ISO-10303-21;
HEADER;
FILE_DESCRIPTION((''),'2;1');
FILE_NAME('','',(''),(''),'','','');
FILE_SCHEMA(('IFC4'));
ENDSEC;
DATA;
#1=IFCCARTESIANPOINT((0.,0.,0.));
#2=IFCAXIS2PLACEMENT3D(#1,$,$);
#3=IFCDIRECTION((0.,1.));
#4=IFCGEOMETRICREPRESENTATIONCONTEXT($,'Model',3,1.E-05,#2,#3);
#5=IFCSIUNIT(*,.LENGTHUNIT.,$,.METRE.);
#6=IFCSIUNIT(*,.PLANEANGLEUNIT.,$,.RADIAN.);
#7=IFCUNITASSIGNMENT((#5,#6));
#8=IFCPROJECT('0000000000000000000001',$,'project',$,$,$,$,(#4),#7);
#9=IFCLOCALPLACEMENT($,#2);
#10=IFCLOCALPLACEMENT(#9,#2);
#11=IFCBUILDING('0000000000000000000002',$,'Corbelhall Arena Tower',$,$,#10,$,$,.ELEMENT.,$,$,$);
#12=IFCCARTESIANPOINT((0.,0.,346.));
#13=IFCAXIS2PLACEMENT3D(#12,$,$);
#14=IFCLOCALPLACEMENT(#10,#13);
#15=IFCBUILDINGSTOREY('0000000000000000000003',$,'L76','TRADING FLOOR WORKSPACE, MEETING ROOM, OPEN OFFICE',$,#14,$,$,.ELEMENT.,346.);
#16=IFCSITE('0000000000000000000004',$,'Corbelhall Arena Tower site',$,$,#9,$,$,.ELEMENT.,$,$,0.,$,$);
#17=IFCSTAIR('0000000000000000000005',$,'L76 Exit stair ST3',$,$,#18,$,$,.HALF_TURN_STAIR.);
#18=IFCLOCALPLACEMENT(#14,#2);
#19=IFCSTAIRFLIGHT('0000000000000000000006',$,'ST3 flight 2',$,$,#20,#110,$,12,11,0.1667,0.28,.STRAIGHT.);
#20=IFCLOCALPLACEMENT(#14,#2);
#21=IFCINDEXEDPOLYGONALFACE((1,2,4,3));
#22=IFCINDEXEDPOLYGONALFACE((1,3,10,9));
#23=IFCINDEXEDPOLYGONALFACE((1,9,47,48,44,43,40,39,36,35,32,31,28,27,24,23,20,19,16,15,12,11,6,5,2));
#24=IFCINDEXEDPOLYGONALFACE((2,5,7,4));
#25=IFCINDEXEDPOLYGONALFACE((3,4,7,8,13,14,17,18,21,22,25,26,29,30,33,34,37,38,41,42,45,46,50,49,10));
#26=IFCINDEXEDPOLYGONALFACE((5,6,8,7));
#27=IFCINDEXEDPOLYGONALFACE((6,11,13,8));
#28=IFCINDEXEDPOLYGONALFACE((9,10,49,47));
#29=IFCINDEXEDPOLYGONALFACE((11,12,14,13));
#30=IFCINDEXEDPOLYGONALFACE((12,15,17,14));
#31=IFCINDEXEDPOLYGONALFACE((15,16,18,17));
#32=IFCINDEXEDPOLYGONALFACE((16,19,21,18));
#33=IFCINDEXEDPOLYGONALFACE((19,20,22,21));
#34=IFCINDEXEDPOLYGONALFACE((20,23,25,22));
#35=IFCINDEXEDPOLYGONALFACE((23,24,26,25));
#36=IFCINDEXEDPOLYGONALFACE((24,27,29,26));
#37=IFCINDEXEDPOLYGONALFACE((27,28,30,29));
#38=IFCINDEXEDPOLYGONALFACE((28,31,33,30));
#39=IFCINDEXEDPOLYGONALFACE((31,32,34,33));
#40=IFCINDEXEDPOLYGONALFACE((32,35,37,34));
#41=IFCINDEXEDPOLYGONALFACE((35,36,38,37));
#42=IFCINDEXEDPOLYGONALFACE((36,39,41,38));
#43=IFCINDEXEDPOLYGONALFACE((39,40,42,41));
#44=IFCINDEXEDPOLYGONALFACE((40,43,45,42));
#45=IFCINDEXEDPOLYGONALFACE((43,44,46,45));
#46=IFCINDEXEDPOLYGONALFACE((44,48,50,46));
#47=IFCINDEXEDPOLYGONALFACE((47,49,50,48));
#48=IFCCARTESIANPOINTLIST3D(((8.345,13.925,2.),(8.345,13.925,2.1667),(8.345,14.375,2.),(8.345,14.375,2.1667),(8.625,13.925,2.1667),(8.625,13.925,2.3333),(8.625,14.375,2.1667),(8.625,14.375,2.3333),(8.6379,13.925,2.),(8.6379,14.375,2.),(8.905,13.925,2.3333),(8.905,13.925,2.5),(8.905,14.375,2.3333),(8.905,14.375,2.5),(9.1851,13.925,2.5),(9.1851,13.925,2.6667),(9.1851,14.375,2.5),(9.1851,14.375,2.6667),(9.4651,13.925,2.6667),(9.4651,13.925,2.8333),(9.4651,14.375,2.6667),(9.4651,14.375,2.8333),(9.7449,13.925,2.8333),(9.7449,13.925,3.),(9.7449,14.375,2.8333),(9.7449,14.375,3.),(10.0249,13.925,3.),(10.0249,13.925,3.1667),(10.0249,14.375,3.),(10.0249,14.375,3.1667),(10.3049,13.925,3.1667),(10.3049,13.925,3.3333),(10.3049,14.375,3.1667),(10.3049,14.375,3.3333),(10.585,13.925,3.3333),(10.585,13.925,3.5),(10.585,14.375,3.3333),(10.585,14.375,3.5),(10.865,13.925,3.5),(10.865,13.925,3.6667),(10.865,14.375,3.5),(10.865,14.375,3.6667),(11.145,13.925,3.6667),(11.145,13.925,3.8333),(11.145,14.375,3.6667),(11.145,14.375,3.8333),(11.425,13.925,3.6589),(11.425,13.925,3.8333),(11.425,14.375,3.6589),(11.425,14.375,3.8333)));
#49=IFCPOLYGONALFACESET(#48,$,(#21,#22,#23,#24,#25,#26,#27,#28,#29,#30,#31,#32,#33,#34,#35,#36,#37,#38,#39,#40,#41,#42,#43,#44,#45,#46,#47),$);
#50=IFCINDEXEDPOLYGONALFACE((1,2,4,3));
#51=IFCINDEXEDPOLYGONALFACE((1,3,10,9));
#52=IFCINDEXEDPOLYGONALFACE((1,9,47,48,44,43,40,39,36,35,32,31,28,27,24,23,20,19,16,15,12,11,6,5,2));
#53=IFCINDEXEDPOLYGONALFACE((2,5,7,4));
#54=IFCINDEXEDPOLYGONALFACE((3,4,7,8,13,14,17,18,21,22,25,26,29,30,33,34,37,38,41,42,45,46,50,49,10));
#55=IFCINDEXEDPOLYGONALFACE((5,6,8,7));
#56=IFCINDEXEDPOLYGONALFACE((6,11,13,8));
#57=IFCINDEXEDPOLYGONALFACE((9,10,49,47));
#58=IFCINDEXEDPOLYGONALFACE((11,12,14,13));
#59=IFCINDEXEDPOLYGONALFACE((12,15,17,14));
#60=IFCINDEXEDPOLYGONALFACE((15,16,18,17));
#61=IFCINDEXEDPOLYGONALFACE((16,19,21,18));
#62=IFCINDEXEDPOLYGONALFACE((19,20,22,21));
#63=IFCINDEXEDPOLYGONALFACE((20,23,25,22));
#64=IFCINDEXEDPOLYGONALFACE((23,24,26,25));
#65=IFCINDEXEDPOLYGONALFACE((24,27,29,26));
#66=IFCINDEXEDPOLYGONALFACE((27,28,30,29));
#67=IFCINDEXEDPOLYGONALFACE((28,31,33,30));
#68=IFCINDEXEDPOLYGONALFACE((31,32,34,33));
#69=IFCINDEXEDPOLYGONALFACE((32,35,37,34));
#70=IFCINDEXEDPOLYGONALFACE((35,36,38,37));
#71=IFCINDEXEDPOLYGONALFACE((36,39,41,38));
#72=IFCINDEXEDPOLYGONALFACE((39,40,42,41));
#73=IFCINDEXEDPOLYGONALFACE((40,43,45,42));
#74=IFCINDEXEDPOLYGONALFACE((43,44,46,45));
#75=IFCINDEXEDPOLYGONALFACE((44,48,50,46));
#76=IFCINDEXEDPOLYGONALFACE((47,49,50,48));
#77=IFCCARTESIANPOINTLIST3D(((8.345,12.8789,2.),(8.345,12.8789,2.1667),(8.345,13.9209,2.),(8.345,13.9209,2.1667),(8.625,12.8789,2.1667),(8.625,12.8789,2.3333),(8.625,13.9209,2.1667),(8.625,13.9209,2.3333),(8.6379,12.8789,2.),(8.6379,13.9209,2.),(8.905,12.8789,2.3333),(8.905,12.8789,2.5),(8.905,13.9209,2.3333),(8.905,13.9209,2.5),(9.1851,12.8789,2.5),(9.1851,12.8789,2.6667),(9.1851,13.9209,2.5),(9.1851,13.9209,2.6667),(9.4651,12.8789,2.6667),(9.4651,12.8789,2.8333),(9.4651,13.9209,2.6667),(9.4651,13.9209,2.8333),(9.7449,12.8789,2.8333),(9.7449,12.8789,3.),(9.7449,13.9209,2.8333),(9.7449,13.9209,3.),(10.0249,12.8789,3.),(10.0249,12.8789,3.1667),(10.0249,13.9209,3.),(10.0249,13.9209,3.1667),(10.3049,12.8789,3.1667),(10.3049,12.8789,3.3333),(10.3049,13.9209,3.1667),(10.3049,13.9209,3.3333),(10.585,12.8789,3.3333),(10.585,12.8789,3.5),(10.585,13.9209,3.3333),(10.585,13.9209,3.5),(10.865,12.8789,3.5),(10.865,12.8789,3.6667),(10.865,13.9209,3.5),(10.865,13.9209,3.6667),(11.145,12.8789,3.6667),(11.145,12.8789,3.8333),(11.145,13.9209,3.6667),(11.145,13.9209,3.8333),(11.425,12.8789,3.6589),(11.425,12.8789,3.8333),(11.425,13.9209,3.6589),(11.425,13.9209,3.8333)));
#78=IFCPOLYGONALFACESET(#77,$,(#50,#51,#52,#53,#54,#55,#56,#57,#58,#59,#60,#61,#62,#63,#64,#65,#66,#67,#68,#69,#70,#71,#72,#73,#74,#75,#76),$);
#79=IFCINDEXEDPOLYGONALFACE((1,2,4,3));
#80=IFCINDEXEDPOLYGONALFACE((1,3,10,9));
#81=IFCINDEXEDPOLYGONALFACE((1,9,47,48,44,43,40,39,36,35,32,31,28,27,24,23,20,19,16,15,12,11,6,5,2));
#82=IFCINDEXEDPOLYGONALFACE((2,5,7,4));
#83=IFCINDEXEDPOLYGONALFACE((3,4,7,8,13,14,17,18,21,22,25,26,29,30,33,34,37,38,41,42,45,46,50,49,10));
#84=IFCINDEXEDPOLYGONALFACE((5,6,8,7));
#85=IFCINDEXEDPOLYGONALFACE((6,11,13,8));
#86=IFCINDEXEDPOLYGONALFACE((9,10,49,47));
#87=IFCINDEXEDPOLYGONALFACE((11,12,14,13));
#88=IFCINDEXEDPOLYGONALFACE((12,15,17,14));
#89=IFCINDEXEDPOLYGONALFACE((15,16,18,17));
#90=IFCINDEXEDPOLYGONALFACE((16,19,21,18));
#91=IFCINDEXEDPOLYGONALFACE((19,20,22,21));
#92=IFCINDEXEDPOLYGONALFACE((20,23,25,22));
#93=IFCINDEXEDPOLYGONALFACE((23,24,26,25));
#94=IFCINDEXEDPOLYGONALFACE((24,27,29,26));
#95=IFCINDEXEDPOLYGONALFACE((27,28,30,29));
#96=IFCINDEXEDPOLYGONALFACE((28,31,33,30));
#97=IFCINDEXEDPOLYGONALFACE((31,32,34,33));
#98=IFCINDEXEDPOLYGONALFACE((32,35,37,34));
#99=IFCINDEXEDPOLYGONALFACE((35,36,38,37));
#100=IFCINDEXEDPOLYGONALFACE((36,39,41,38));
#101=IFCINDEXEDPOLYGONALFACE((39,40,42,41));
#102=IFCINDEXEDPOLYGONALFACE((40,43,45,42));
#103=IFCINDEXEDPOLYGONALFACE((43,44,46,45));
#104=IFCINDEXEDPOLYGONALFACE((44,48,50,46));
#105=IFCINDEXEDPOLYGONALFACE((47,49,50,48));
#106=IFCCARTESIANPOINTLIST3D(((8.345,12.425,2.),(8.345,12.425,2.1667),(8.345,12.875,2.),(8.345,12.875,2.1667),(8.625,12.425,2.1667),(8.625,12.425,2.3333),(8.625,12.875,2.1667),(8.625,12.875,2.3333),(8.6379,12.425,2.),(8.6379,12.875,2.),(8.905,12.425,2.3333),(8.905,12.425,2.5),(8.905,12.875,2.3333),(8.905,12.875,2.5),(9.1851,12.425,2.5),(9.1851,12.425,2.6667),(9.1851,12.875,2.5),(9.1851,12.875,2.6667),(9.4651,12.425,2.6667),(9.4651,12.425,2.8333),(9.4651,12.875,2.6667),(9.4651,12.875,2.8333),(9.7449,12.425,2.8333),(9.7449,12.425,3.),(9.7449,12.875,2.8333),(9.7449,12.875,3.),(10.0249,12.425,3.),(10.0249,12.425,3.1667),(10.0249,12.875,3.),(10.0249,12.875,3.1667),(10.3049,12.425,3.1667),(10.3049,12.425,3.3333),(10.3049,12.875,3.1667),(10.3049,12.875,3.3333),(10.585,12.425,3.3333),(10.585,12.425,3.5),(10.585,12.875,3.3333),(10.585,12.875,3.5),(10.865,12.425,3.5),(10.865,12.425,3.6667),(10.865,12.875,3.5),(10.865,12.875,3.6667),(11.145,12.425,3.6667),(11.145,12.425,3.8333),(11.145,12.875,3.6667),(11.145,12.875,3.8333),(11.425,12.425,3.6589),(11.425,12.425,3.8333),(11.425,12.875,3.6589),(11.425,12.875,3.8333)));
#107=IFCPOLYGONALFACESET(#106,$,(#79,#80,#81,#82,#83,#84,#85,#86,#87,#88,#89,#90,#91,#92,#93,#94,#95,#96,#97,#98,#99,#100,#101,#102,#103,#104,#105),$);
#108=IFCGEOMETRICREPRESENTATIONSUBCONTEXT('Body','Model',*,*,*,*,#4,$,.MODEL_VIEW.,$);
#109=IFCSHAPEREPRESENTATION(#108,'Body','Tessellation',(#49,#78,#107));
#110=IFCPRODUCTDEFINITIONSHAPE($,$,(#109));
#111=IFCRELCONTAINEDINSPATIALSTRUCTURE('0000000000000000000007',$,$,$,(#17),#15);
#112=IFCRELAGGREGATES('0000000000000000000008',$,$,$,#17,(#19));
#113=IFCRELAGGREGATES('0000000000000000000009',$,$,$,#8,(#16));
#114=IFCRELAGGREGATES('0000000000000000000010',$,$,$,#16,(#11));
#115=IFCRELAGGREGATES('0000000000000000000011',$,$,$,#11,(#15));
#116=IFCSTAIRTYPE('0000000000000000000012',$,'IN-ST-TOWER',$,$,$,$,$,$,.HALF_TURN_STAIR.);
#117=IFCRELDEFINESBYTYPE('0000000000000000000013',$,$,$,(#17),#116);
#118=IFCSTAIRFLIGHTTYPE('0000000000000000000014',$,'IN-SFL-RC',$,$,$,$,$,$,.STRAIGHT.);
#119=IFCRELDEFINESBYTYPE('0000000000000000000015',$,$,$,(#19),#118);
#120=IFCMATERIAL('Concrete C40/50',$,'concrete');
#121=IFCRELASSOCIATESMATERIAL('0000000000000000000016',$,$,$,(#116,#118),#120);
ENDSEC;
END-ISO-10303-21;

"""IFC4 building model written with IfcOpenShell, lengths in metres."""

from ifc_helpers import new_model, si_unit, direction, frame, origin, place, context, subcontext, project, spatial, polyline, outline, extrude, material, type_object, element, aggregate, save


model = new_model("IFC4")

# Units and contexts
model_context = context("Model", 3, precision=1e-05, world=origin(), true_north=direction((0.0, 1.0)))
body_context = subcontext(model_context, "Body", "Model", "MODEL_VIEW")
ifc_project = project(units=[si_unit("LENGTHUNIT", "METRE"), si_unit("PLANEANGLEUNIT", "RADIAN")], contexts=[model_context])

# Site, building, storey
site_placement = place(None, origin())
site = spatial("IfcSite", under=ifc_project, at=site_placement, Name="Corbelhall Arena Tower site", CompositionType="ELEMENT", RefElevation=0.0)
building_placement = place(site_placement, origin())
building = spatial("IfcBuilding", under=site, at=building_placement, Name="Corbelhall Arena Tower", CompositionType="ELEMENT")
storey_placement = place(building_placement, frame((0.0, 0.0, 346.0)))
storey = spatial("IfcBuildingStorey", under=building, at=storey_placement, Name="L76", Description="TRADING FLOOR WORKSPACE, MEETING ROOM, OPEN OFFICE", CompositionType="ELEMENT", Elevation=346.0)

# Shared definitions
ifc_material_1 = material(Name="Concrete C40/50", Category="concrete")
stair_type = type_object("IfcStairType", Name="IN-ST-TOWER", PredefinedType="HALF_TURN_STAIR", material=ifc_material_1)

# Stair, stair flight
stair_1_placement = place(storey_placement, origin())
stair_1 = element("IfcStair", 1, at=stair_1_placement, inside=storey, type_object=stair_type, Name="L76 Exit stair ST3", PredefinedType="HALF_TURN_STAIR")
stair_flight_type = type_object("IfcStairFlightType", Name="IN-SFL-RC", PredefinedType="STRAIGHT", material=ifc_material_1)
stair_flight_placement = place(storey_placement, frame((8.345, 13.3999, 2.0), z_axis=(0.0, 0.0, 1.0), x_axis=(1.0, 0.0, 0.0)))
stair_flight = element("IfcStairFlight", 2, at=stair_flight_placement, type_object=stair_flight_type, Name="ST3 flight 2", NumberOfRisers=12, NumberOfTreads=11, PredefinedType="STRAIGHT", RiserHeight=0.1667, TreadLength=0.28, context=body_context, shape_type="SweptSolid", body=[
    extrude(outline(polyline([(0.0, 0.0), (0.0, 0.1667), (0.28, 0.1667), (0.28, 0.3333), (0.5601, 0.3333), (0.5601, 0.5), (0.8401, 0.5), (0.8401, 0.6667), (1.1201, 0.6667), (1.1201, 0.8333), (1.3999, 0.8333), (1.3999, 1.0), (1.6799, 1.0), (1.6799, 1.1667), (1.96, 1.1667), (1.96, 1.3333), (2.24, 1.3333), (2.24, 1.5), (2.52, 1.5), (2.52, 1.6667), (2.8, 1.6667), (2.8, 1.8333), (3.0801, 1.8333), (3.0801, 2.0), (3.0801, 1.6589), (0.293, 0.0), (0.0, 0.0)])), frame((0.0, 0.9751, 0.0), z_axis=(0.0, -1.0, 0.0), x_axis=(1.0, 0.0, 0.0)), (0.0, 0.0, 1.0), 0.45),
    extrude(outline(polyline([(0.0, 0.0), (0.0, 0.1667), (0.28, 0.1667), (0.28, 0.3333), (0.5601, 0.3333), (0.5601, 0.5), (0.8401, 0.5), (0.8401, 0.6667), (1.1201, 0.6667), (1.1201, 0.8333), (1.3999, 0.8333), (1.3999, 1.0), (1.6799, 1.0), (1.6799, 1.1667), (1.96, 1.1667), (1.96, 1.3333), (2.24, 1.3333), (2.24, 1.5), (2.52, 1.5), (2.52, 1.6667), (2.8, 1.6667), (2.8, 1.8333), (3.0801, 1.8333), (3.0801, 2.0), (3.0801, 1.6589), (0.293, 0.0), (0.0, 0.0)])), frame((0.0, 0.521, 0.0), z_axis=(0.0, -1.0, 0.0), x_axis=(1.0, 0.0, 0.0)), (0.0, 0.0, 1.0), 1.042),
    extrude(outline(polyline([(0.0, 0.0), (0.0, 0.1667), (0.28, 0.1667), (0.28, 0.3333), (0.5601, 0.3333), (0.5601, 0.5), (0.8401, 0.5), (0.8401, 0.6667), (1.1201, 0.6667), (1.1201, 0.8333), (1.3999, 0.8333), (1.3999, 1.0), (1.6799, 1.0), (1.6799, 1.1667), (1.96, 1.1667), (1.96, 1.3333), (2.24, 1.3333), (2.24, 1.5), (2.52, 1.5), (2.52, 1.6667), (2.8, 1.6667), (2.8, 1.8333), (3.0801, 1.8333), (3.0801, 2.0), (3.0801, 1.6589), (0.293, 0.0), (0.0, 0.0)])), frame((0.0, -0.5249, 0.0), z_axis=(0.0, -1.0, 0.0), x_axis=(1.0, 0.0, 0.0)), (0.0, 0.0, 1.0), 0.45),
])
aggregate(stair_1, [stair_flight])

save(model, "model.ifc")
